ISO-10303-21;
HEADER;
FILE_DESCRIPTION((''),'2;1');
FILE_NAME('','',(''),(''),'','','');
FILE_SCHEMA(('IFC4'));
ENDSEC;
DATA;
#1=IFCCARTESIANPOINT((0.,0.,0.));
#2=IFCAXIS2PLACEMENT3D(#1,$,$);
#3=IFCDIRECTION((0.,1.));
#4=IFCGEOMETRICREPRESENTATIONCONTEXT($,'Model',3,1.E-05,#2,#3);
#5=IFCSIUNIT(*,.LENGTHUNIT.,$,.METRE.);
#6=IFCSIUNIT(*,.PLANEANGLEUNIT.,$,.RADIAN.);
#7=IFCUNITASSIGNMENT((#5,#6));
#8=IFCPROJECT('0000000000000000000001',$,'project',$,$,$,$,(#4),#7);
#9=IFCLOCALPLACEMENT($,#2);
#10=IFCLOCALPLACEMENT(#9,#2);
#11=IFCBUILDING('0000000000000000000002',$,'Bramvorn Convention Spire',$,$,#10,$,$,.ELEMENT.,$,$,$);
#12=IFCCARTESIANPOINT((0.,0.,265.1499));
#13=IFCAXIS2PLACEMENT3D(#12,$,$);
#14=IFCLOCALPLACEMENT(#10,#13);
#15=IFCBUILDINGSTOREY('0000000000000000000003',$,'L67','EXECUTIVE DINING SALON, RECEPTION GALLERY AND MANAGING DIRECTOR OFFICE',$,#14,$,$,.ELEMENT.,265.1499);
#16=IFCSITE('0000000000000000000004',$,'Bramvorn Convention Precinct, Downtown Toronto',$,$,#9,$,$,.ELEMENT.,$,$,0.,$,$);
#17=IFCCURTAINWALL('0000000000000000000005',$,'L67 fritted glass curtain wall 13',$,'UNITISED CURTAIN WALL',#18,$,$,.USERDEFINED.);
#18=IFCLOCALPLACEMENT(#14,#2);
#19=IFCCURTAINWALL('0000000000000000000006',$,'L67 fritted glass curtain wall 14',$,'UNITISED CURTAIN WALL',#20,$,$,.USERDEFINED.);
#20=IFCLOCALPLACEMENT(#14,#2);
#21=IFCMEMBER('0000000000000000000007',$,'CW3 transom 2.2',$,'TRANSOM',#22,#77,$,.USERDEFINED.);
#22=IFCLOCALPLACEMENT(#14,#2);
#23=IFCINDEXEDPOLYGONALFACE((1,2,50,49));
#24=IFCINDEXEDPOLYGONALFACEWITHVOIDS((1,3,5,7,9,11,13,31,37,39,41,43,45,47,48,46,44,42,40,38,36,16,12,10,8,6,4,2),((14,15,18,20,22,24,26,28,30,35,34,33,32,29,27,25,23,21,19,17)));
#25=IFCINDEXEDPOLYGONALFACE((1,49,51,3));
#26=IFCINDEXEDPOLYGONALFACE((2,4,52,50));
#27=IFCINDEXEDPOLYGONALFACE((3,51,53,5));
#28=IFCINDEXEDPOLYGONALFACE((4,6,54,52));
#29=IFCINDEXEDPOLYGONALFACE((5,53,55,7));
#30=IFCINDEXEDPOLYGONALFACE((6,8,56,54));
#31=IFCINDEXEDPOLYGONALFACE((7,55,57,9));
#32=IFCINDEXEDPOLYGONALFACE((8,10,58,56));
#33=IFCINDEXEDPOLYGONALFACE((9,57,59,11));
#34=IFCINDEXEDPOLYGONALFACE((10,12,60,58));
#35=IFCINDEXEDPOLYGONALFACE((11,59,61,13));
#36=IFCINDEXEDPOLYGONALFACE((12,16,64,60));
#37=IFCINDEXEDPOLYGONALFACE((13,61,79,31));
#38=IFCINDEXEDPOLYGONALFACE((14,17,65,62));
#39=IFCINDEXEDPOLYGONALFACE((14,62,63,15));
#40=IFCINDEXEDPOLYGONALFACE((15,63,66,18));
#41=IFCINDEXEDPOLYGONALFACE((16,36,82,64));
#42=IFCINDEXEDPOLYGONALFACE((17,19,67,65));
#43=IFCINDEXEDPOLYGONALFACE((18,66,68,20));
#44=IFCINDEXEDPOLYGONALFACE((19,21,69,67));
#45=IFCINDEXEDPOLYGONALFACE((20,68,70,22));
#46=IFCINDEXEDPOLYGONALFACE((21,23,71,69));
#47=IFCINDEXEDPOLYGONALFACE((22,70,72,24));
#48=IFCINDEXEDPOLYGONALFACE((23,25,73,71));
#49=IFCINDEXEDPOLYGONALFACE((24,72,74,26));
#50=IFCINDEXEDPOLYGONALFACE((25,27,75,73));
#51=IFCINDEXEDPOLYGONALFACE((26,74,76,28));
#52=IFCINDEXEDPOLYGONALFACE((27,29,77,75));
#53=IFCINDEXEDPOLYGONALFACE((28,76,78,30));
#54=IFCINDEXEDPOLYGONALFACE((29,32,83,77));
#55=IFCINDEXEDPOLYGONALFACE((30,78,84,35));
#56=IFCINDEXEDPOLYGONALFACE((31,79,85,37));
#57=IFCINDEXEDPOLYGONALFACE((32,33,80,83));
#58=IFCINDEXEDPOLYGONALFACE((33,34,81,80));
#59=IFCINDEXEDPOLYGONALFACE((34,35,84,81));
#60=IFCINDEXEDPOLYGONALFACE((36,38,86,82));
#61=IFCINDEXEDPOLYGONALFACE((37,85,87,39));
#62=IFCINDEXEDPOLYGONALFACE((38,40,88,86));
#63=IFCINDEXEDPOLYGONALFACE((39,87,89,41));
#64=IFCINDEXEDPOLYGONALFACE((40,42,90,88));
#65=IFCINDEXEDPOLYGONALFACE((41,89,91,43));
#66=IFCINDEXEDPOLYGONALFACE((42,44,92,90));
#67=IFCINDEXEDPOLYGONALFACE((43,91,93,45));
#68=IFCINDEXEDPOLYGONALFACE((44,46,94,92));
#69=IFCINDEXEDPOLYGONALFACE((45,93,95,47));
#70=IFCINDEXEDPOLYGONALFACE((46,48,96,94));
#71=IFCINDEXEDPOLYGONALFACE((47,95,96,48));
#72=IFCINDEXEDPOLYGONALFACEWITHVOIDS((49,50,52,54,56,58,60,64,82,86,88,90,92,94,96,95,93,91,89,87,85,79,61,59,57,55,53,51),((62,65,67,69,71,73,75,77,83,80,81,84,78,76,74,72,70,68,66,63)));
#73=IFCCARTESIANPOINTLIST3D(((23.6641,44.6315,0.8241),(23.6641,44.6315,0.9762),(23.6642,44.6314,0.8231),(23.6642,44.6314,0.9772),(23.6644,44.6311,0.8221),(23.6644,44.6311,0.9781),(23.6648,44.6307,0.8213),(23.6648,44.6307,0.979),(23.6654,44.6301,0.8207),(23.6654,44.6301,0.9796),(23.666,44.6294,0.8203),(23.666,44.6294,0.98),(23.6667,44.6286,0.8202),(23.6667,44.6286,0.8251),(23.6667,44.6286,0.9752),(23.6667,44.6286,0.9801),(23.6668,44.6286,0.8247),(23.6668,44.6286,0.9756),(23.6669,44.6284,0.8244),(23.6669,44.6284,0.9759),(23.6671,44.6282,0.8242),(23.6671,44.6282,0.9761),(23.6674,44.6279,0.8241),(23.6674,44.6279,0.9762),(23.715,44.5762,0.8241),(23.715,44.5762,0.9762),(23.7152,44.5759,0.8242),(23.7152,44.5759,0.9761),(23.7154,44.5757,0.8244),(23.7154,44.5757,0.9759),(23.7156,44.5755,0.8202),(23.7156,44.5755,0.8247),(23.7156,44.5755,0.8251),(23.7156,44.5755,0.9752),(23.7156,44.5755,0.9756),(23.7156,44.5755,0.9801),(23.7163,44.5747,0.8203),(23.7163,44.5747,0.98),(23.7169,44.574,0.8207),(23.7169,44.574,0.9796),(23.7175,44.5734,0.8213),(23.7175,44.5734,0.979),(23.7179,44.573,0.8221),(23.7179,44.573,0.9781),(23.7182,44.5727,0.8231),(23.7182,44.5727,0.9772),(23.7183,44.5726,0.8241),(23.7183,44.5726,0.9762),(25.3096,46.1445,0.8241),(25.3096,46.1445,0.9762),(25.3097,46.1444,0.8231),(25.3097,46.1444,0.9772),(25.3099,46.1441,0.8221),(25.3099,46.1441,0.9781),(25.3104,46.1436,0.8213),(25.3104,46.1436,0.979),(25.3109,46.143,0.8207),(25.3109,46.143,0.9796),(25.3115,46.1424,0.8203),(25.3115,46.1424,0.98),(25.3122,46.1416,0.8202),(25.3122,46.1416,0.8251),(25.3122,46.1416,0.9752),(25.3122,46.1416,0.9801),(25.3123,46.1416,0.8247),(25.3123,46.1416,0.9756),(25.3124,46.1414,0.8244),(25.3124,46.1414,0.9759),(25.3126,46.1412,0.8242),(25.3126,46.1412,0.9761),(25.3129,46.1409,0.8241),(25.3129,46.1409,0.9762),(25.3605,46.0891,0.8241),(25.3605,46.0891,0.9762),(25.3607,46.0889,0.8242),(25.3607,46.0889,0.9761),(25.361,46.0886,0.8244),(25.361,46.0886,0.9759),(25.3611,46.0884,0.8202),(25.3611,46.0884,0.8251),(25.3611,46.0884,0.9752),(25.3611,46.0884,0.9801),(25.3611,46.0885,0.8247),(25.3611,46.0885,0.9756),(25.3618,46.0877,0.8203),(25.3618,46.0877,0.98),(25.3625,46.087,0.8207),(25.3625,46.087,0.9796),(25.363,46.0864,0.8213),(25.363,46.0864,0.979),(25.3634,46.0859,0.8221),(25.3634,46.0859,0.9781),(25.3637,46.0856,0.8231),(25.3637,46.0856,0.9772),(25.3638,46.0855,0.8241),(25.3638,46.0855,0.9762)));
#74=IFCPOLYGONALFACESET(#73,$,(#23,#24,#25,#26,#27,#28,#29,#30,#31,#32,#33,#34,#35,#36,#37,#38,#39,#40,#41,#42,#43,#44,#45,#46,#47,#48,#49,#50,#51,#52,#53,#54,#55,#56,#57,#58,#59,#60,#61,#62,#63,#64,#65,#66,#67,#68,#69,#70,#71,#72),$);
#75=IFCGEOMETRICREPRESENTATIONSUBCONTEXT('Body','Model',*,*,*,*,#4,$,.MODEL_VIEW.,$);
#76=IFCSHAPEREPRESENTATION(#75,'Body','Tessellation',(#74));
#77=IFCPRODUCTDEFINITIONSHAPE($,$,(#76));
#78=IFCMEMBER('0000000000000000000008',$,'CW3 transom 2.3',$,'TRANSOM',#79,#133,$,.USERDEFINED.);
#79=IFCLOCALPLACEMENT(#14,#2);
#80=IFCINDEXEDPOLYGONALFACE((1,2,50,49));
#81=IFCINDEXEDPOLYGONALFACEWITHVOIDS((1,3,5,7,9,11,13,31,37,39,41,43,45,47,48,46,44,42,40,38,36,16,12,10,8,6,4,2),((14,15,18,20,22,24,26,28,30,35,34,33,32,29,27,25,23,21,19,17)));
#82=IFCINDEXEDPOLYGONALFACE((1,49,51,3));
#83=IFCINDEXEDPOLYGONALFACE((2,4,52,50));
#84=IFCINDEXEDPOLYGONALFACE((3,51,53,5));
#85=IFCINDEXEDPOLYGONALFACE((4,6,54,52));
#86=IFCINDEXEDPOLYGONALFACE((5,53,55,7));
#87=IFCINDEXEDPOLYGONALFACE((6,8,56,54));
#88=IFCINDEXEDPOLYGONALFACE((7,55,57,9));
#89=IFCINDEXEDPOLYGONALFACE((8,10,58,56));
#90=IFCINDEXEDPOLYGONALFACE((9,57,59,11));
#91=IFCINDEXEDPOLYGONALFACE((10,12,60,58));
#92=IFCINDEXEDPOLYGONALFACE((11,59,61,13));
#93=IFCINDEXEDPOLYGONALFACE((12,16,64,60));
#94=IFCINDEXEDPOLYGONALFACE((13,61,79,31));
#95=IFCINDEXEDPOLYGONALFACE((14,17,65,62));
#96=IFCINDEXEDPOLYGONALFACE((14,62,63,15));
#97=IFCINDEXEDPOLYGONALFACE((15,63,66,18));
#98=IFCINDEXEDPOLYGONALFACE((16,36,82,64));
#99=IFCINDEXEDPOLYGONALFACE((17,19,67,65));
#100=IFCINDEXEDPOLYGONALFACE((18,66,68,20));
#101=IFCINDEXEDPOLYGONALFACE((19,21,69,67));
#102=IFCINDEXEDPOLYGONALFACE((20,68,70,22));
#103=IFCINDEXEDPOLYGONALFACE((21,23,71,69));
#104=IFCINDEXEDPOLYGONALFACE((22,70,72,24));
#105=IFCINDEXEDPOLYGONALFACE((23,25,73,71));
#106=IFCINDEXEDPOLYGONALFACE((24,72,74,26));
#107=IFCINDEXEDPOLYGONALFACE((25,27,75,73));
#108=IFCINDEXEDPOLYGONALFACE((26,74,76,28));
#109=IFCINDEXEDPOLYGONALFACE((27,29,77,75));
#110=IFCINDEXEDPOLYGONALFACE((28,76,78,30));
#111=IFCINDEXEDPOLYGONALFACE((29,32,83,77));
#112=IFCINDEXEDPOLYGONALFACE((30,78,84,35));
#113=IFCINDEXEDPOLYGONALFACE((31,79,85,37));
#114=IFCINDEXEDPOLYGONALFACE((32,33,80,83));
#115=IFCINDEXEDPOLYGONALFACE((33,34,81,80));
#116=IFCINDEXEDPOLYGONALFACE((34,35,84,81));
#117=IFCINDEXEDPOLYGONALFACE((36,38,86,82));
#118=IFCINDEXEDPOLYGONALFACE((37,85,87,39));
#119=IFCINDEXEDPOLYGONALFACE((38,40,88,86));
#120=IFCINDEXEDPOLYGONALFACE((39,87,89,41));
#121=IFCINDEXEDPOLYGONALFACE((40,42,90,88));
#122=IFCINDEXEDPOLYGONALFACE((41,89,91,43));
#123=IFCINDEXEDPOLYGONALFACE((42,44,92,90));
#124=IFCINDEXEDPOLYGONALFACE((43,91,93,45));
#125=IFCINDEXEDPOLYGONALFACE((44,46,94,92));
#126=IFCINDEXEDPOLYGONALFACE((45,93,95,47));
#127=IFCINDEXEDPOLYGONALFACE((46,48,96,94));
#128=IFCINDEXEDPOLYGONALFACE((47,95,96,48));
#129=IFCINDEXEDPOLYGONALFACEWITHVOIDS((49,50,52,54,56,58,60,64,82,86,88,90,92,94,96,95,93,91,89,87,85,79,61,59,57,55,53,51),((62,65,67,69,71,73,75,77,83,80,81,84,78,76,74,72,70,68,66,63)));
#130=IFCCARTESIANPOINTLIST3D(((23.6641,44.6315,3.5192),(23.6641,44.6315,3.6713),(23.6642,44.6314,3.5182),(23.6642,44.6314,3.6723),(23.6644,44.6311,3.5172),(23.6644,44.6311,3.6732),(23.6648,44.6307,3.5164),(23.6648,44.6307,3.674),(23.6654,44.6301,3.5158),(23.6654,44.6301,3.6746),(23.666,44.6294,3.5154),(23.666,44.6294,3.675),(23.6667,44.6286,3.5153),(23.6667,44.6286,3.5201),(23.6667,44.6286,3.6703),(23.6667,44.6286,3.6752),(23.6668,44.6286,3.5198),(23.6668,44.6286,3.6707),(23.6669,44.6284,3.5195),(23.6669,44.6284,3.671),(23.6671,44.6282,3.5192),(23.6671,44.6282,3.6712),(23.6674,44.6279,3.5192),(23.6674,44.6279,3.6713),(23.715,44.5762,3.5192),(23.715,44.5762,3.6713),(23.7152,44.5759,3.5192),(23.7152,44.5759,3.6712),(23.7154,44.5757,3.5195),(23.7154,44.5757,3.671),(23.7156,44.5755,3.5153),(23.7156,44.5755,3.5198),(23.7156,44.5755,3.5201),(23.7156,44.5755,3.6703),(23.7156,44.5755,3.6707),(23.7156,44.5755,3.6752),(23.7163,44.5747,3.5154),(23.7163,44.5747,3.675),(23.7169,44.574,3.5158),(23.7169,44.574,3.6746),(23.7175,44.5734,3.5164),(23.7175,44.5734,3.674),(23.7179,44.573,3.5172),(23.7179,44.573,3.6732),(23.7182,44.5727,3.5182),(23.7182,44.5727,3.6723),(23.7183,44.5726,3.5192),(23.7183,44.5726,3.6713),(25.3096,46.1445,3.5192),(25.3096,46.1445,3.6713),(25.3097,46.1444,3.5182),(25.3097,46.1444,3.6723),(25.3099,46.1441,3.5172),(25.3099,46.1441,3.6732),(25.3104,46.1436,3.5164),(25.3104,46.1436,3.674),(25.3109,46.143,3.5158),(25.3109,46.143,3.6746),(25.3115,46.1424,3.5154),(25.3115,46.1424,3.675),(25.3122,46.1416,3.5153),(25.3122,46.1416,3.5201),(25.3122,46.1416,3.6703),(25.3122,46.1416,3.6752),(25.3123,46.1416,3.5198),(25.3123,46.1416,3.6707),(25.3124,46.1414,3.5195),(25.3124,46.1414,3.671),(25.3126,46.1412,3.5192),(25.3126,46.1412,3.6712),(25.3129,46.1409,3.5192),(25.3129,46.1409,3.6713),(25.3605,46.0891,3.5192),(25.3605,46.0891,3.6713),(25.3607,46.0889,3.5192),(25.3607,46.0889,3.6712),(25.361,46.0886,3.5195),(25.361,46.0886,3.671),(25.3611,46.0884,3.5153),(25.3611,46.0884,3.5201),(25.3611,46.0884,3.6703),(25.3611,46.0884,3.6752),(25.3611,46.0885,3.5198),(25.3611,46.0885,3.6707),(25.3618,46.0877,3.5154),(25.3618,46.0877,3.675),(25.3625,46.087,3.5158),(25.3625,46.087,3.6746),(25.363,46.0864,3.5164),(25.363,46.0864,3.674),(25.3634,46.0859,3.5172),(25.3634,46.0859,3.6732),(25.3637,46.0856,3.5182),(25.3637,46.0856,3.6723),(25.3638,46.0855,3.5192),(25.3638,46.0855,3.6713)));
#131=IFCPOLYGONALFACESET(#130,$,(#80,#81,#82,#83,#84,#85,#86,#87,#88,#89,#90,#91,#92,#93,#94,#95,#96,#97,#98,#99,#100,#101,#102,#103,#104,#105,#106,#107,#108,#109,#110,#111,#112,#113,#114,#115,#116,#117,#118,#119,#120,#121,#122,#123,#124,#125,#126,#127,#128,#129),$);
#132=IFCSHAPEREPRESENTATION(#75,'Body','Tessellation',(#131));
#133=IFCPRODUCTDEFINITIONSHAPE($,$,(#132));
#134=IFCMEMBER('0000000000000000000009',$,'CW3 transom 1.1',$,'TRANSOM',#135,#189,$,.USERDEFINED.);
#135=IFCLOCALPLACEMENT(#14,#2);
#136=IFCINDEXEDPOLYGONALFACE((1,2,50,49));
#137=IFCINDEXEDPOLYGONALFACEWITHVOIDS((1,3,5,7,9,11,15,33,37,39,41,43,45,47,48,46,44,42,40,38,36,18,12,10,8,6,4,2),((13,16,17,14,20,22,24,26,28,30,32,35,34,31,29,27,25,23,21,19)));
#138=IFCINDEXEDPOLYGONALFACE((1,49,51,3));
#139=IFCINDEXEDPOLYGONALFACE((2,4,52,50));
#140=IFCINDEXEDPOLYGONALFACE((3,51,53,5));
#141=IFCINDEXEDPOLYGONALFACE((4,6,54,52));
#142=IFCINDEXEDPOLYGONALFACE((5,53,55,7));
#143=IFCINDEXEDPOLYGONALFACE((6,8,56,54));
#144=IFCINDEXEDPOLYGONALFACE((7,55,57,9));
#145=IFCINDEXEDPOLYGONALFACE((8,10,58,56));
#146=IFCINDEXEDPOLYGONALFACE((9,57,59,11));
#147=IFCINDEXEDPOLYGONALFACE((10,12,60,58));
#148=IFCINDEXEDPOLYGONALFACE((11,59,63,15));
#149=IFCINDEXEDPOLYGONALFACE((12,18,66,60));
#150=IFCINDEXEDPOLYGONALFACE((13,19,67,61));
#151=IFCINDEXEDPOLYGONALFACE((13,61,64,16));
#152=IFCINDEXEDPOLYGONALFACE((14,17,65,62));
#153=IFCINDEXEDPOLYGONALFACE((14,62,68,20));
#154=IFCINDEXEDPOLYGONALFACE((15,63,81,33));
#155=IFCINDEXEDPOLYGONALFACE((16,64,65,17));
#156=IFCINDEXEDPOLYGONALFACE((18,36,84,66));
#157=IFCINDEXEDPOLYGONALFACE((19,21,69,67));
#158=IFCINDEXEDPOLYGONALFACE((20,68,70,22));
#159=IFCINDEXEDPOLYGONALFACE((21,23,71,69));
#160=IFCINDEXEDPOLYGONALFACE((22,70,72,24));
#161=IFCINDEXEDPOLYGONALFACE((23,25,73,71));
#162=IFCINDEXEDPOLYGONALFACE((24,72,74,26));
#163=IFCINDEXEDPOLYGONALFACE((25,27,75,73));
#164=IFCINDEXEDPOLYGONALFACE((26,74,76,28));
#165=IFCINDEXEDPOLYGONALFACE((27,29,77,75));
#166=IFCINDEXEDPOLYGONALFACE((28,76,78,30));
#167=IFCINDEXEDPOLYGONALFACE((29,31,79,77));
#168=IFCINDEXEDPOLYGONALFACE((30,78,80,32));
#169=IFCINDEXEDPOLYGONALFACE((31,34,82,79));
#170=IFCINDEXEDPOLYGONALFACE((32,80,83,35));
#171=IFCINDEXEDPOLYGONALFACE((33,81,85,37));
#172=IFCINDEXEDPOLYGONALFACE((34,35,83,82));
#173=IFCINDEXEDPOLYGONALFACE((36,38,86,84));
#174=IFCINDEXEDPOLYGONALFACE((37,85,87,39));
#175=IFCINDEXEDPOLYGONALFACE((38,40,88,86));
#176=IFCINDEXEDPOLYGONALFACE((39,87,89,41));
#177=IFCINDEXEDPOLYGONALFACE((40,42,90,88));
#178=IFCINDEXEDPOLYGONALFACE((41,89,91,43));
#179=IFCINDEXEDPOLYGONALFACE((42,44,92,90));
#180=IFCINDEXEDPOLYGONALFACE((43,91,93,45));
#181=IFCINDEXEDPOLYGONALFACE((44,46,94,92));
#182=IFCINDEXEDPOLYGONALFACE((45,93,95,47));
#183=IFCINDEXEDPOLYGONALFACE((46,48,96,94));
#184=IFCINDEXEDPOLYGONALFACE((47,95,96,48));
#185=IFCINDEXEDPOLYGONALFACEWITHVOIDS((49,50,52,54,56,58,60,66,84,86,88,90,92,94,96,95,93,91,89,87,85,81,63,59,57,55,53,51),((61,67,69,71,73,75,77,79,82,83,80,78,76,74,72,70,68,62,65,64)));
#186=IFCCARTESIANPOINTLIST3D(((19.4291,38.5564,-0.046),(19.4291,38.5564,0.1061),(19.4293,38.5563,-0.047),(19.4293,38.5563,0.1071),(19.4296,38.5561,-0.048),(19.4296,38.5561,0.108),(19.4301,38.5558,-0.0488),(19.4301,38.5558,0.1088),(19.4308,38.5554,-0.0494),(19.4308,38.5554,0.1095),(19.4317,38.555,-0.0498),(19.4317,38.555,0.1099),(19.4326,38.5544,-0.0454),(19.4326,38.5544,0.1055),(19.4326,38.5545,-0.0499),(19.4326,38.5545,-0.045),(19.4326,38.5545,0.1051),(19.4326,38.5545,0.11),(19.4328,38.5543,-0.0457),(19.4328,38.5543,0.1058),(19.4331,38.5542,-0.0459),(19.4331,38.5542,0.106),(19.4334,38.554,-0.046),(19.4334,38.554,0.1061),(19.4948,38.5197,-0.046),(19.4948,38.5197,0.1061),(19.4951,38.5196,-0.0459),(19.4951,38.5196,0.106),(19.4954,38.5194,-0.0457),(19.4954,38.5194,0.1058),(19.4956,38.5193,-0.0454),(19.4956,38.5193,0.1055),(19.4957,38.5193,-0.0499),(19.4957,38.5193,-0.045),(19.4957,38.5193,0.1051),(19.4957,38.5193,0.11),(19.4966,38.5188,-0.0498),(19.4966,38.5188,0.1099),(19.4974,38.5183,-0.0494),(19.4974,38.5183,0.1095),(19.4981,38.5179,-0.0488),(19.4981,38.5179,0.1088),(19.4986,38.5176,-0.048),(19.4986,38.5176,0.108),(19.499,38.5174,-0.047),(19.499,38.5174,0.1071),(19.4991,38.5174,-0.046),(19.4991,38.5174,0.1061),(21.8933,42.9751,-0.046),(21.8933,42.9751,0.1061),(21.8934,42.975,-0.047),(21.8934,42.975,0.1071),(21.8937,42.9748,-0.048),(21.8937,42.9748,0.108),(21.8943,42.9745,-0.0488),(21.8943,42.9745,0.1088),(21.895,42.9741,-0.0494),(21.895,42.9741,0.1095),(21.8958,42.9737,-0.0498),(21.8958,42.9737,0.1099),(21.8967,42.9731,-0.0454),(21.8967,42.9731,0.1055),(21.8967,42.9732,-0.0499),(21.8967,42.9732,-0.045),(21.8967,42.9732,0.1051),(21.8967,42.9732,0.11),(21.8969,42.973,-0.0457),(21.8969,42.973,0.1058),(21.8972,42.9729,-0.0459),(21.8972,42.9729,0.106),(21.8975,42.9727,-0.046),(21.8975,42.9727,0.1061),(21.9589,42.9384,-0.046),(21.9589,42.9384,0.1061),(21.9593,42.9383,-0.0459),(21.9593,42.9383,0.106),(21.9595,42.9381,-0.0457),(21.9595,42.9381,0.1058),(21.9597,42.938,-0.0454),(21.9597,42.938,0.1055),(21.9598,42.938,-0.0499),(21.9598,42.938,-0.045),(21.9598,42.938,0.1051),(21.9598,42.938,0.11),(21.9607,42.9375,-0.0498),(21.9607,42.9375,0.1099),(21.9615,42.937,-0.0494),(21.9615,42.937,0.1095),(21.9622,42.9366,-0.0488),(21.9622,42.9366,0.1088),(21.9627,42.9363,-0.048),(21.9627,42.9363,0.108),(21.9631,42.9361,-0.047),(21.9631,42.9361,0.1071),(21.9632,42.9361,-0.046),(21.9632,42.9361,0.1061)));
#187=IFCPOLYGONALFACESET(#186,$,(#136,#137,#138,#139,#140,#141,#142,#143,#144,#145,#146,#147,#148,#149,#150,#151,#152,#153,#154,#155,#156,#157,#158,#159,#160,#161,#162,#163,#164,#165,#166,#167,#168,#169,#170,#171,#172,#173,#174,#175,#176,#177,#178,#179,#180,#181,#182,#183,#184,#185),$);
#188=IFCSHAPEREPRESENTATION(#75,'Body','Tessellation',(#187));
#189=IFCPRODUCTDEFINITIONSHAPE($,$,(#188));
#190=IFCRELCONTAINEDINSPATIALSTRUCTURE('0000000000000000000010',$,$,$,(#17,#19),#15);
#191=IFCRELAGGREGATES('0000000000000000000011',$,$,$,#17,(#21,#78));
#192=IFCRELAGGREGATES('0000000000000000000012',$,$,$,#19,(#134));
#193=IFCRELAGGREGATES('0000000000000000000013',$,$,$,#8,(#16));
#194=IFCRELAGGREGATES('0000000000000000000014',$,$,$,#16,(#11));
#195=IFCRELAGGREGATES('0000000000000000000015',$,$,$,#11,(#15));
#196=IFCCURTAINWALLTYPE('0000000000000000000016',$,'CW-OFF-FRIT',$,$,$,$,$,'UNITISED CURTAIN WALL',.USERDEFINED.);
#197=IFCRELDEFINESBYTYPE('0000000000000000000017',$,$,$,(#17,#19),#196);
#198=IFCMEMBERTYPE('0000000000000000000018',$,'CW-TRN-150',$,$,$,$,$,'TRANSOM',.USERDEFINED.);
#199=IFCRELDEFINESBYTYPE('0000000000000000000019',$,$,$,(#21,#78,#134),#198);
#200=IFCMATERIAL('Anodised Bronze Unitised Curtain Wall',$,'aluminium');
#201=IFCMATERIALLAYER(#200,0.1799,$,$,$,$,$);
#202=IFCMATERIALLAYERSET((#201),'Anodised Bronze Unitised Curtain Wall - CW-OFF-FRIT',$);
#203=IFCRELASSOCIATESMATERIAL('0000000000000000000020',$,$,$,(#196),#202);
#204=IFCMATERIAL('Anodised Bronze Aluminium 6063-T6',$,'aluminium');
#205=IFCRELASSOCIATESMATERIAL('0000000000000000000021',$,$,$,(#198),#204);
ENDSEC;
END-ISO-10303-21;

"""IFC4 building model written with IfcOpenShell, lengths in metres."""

from ifc_helpers import new_model, si_unit, direction, frame, origin, origin_2d, place, context, subcontext, project, spatial, hollow_rectangle, extrude, material, layer, layer_set, material_profile, profile_set, type_object, element, aggregate, save


model = new_model("IFC4")

# Units and contexts
model_context = context("Model", 3, precision=1e-05, world=origin(), true_north=direction((0.0, 1.0)))
body_context = subcontext(model_context, "Body", "Model", "MODEL_VIEW")
ifc_project = project(units=[si_unit("LENGTHUNIT", "METRE"), si_unit("PLANEANGLEUNIT", "RADIAN")], contexts=[model_context])

# Site, building, storey
site_placement = place(None, origin())
site = spatial("IfcSite", under=ifc_project, at=site_placement, Name="Bramvorn Convention Precinct, Downtown Toronto", CompositionType="ELEMENT", RefElevation=0.0)
building_placement = place(site_placement, origin())
building = spatial("IfcBuilding", under=site, at=building_placement, Name="Bramvorn Convention Spire", CompositionType="ELEMENT")
storey_placement = place(building_placement, frame((0.0, 0.0, 265.1499)))
storey = spatial("IfcBuildingStorey", under=building, at=storey_placement, Name="L67", Description="EXECUTIVE DINING SALON, RECEPTION GALLERY AND MANAGING DIRECTOR OFFICE", CompositionType="ELEMENT", Elevation=265.1499)

# Curtain walls
ifc_material_1 = material(Name="Anodised Bronze Unitised Curtain Wall", Category="aluminium")
ifc_layer_1 = layer(ifc_material_1, 0.1799)
ifc_layer_set_1 = layer_set([ifc_layer_1], Name="Anodised Bronze Unitised Curtain Wall - CW-OFF-FRIT")
curtain_wall_type = type_object("IfcCurtainWallType", Name="CW-OFF-FRIT", ElementType="UNITISED CURTAIN WALL", PredefinedType="USERDEFINED", material=ifc_layer_set_1)
curtain_wall_1_placement = place(storey_placement, origin())
curtain_wall_1 = element("IfcCurtainWall", 1, at=curtain_wall_1_placement, inside=storey, type_object=curtain_wall_type, Name="L67 fritted glass curtain wall 13", ObjectType="UNITISED CURTAIN WALL", PredefinedType="USERDEFINED")
ifc_material_2 = material(Name="Anodised Bronze Aluminium 6063-T6", Category="aluminium")
curtain_wall_2_placement = place(storey_placement, origin())
curtain_wall_2 = element("IfcCurtainWall", 2, at=curtain_wall_2_placement, inside=storey, type_object=curtain_wall_type, Name="L67 fritted glass curtain wall 14", ObjectType="UNITISED CURTAIN WALL", PredefinedType="USERDEFINED")

# Members
ifc_material_profile_1 = material_profile(ifc_material_2, hollow_rectangle(XDim=0.0801, YDim=0.1599, WallThickness=0.0039, InnerFilletRadius=0.001, OuterFilletRadius=0.0039, at=origin_2d()))
ifc_profile_set_1 = profile_set([ifc_material_profile_1], Name="Anodised Bronze Aluminium 6063-T6 - CWT80X160")
member_type_1 = type_object("IfcMemberType", Name="CW-TRN-150", ElementType="TRANSOM", PredefinedType="USERDEFINED", material=ifc_profile_set_1)
member_1_placement = place(storey_placement, frame((23.6912, 44.6021, 0.9001), z_axis=(0.736138, 0.676832, 0.0), x_axis=(-0.676832, 0.736138, 0.0)))
member_1 = element("IfcMember", 3, at=member_1_placement, type_object=member_type_1, Name="CW3 transom 2.2", ObjectType="TRANSOM", PredefinedType="USERDEFINED", context=body_context, shape_type="SweptSolid", body=[
    extrude(hollow_rectangle(XDim=0.0801, YDim=0.1599, WallThickness=0.0039, InnerFilletRadius=0.001, OuterFilletRadius=0.0039, at=origin_2d()), origin(), (0.0, 0.0, 1.0), 2.2354),
])
member_2_placement = place(storey_placement, frame((23.6912, 44.6021, 3.5952), z_axis=(0.736138, 0.676832, 0.0), x_axis=(-0.676832, 0.736138, 0.0)))
member_2 = element("IfcMember", 4, at=member_2_placement, type_object=member_type_1, Name="CW3 transom 2.3", ObjectType="TRANSOM", PredefinedType="USERDEFINED", context=body_context, shape_type="SweptSolid", body=[
    extrude(hollow_rectangle(XDim=0.0801, YDim=0.1599, WallThickness=0.0039, InnerFilletRadius=0.001, OuterFilletRadius=0.0039, at=origin_2d()), origin(), (0.0, 0.0, 1.0), 2.2354),
])
member_3_placement = place(storey_placement, frame((19.4641, 38.5369, 0.03), z_axis=(0.487044, 0.873378, 0.0), x_axis=(-0.873378, 0.487044, 0.0)))
member_3 = element("IfcMember", 5, at=member_3_placement, type_object=member_type_1, Name="CW3 transom 1.1", ObjectType="TRANSOM", PredefinedType="USERDEFINED", context=body_context, shape_type="SweptSolid", body=[
    extrude(hollow_rectangle(XDim=0.0801, YDim=0.1599, WallThickness=0.0039, InnerFilletRadius=0.001, OuterFilletRadius=0.0039, at=origin_2d()), origin(), (0.0, 0.0, 1.0), 5.0593),
])

aggregate(curtain_wall_1, [member_1, member_2])
aggregate(curtain_wall_2, [member_3])

save(model, "model.ifc")
